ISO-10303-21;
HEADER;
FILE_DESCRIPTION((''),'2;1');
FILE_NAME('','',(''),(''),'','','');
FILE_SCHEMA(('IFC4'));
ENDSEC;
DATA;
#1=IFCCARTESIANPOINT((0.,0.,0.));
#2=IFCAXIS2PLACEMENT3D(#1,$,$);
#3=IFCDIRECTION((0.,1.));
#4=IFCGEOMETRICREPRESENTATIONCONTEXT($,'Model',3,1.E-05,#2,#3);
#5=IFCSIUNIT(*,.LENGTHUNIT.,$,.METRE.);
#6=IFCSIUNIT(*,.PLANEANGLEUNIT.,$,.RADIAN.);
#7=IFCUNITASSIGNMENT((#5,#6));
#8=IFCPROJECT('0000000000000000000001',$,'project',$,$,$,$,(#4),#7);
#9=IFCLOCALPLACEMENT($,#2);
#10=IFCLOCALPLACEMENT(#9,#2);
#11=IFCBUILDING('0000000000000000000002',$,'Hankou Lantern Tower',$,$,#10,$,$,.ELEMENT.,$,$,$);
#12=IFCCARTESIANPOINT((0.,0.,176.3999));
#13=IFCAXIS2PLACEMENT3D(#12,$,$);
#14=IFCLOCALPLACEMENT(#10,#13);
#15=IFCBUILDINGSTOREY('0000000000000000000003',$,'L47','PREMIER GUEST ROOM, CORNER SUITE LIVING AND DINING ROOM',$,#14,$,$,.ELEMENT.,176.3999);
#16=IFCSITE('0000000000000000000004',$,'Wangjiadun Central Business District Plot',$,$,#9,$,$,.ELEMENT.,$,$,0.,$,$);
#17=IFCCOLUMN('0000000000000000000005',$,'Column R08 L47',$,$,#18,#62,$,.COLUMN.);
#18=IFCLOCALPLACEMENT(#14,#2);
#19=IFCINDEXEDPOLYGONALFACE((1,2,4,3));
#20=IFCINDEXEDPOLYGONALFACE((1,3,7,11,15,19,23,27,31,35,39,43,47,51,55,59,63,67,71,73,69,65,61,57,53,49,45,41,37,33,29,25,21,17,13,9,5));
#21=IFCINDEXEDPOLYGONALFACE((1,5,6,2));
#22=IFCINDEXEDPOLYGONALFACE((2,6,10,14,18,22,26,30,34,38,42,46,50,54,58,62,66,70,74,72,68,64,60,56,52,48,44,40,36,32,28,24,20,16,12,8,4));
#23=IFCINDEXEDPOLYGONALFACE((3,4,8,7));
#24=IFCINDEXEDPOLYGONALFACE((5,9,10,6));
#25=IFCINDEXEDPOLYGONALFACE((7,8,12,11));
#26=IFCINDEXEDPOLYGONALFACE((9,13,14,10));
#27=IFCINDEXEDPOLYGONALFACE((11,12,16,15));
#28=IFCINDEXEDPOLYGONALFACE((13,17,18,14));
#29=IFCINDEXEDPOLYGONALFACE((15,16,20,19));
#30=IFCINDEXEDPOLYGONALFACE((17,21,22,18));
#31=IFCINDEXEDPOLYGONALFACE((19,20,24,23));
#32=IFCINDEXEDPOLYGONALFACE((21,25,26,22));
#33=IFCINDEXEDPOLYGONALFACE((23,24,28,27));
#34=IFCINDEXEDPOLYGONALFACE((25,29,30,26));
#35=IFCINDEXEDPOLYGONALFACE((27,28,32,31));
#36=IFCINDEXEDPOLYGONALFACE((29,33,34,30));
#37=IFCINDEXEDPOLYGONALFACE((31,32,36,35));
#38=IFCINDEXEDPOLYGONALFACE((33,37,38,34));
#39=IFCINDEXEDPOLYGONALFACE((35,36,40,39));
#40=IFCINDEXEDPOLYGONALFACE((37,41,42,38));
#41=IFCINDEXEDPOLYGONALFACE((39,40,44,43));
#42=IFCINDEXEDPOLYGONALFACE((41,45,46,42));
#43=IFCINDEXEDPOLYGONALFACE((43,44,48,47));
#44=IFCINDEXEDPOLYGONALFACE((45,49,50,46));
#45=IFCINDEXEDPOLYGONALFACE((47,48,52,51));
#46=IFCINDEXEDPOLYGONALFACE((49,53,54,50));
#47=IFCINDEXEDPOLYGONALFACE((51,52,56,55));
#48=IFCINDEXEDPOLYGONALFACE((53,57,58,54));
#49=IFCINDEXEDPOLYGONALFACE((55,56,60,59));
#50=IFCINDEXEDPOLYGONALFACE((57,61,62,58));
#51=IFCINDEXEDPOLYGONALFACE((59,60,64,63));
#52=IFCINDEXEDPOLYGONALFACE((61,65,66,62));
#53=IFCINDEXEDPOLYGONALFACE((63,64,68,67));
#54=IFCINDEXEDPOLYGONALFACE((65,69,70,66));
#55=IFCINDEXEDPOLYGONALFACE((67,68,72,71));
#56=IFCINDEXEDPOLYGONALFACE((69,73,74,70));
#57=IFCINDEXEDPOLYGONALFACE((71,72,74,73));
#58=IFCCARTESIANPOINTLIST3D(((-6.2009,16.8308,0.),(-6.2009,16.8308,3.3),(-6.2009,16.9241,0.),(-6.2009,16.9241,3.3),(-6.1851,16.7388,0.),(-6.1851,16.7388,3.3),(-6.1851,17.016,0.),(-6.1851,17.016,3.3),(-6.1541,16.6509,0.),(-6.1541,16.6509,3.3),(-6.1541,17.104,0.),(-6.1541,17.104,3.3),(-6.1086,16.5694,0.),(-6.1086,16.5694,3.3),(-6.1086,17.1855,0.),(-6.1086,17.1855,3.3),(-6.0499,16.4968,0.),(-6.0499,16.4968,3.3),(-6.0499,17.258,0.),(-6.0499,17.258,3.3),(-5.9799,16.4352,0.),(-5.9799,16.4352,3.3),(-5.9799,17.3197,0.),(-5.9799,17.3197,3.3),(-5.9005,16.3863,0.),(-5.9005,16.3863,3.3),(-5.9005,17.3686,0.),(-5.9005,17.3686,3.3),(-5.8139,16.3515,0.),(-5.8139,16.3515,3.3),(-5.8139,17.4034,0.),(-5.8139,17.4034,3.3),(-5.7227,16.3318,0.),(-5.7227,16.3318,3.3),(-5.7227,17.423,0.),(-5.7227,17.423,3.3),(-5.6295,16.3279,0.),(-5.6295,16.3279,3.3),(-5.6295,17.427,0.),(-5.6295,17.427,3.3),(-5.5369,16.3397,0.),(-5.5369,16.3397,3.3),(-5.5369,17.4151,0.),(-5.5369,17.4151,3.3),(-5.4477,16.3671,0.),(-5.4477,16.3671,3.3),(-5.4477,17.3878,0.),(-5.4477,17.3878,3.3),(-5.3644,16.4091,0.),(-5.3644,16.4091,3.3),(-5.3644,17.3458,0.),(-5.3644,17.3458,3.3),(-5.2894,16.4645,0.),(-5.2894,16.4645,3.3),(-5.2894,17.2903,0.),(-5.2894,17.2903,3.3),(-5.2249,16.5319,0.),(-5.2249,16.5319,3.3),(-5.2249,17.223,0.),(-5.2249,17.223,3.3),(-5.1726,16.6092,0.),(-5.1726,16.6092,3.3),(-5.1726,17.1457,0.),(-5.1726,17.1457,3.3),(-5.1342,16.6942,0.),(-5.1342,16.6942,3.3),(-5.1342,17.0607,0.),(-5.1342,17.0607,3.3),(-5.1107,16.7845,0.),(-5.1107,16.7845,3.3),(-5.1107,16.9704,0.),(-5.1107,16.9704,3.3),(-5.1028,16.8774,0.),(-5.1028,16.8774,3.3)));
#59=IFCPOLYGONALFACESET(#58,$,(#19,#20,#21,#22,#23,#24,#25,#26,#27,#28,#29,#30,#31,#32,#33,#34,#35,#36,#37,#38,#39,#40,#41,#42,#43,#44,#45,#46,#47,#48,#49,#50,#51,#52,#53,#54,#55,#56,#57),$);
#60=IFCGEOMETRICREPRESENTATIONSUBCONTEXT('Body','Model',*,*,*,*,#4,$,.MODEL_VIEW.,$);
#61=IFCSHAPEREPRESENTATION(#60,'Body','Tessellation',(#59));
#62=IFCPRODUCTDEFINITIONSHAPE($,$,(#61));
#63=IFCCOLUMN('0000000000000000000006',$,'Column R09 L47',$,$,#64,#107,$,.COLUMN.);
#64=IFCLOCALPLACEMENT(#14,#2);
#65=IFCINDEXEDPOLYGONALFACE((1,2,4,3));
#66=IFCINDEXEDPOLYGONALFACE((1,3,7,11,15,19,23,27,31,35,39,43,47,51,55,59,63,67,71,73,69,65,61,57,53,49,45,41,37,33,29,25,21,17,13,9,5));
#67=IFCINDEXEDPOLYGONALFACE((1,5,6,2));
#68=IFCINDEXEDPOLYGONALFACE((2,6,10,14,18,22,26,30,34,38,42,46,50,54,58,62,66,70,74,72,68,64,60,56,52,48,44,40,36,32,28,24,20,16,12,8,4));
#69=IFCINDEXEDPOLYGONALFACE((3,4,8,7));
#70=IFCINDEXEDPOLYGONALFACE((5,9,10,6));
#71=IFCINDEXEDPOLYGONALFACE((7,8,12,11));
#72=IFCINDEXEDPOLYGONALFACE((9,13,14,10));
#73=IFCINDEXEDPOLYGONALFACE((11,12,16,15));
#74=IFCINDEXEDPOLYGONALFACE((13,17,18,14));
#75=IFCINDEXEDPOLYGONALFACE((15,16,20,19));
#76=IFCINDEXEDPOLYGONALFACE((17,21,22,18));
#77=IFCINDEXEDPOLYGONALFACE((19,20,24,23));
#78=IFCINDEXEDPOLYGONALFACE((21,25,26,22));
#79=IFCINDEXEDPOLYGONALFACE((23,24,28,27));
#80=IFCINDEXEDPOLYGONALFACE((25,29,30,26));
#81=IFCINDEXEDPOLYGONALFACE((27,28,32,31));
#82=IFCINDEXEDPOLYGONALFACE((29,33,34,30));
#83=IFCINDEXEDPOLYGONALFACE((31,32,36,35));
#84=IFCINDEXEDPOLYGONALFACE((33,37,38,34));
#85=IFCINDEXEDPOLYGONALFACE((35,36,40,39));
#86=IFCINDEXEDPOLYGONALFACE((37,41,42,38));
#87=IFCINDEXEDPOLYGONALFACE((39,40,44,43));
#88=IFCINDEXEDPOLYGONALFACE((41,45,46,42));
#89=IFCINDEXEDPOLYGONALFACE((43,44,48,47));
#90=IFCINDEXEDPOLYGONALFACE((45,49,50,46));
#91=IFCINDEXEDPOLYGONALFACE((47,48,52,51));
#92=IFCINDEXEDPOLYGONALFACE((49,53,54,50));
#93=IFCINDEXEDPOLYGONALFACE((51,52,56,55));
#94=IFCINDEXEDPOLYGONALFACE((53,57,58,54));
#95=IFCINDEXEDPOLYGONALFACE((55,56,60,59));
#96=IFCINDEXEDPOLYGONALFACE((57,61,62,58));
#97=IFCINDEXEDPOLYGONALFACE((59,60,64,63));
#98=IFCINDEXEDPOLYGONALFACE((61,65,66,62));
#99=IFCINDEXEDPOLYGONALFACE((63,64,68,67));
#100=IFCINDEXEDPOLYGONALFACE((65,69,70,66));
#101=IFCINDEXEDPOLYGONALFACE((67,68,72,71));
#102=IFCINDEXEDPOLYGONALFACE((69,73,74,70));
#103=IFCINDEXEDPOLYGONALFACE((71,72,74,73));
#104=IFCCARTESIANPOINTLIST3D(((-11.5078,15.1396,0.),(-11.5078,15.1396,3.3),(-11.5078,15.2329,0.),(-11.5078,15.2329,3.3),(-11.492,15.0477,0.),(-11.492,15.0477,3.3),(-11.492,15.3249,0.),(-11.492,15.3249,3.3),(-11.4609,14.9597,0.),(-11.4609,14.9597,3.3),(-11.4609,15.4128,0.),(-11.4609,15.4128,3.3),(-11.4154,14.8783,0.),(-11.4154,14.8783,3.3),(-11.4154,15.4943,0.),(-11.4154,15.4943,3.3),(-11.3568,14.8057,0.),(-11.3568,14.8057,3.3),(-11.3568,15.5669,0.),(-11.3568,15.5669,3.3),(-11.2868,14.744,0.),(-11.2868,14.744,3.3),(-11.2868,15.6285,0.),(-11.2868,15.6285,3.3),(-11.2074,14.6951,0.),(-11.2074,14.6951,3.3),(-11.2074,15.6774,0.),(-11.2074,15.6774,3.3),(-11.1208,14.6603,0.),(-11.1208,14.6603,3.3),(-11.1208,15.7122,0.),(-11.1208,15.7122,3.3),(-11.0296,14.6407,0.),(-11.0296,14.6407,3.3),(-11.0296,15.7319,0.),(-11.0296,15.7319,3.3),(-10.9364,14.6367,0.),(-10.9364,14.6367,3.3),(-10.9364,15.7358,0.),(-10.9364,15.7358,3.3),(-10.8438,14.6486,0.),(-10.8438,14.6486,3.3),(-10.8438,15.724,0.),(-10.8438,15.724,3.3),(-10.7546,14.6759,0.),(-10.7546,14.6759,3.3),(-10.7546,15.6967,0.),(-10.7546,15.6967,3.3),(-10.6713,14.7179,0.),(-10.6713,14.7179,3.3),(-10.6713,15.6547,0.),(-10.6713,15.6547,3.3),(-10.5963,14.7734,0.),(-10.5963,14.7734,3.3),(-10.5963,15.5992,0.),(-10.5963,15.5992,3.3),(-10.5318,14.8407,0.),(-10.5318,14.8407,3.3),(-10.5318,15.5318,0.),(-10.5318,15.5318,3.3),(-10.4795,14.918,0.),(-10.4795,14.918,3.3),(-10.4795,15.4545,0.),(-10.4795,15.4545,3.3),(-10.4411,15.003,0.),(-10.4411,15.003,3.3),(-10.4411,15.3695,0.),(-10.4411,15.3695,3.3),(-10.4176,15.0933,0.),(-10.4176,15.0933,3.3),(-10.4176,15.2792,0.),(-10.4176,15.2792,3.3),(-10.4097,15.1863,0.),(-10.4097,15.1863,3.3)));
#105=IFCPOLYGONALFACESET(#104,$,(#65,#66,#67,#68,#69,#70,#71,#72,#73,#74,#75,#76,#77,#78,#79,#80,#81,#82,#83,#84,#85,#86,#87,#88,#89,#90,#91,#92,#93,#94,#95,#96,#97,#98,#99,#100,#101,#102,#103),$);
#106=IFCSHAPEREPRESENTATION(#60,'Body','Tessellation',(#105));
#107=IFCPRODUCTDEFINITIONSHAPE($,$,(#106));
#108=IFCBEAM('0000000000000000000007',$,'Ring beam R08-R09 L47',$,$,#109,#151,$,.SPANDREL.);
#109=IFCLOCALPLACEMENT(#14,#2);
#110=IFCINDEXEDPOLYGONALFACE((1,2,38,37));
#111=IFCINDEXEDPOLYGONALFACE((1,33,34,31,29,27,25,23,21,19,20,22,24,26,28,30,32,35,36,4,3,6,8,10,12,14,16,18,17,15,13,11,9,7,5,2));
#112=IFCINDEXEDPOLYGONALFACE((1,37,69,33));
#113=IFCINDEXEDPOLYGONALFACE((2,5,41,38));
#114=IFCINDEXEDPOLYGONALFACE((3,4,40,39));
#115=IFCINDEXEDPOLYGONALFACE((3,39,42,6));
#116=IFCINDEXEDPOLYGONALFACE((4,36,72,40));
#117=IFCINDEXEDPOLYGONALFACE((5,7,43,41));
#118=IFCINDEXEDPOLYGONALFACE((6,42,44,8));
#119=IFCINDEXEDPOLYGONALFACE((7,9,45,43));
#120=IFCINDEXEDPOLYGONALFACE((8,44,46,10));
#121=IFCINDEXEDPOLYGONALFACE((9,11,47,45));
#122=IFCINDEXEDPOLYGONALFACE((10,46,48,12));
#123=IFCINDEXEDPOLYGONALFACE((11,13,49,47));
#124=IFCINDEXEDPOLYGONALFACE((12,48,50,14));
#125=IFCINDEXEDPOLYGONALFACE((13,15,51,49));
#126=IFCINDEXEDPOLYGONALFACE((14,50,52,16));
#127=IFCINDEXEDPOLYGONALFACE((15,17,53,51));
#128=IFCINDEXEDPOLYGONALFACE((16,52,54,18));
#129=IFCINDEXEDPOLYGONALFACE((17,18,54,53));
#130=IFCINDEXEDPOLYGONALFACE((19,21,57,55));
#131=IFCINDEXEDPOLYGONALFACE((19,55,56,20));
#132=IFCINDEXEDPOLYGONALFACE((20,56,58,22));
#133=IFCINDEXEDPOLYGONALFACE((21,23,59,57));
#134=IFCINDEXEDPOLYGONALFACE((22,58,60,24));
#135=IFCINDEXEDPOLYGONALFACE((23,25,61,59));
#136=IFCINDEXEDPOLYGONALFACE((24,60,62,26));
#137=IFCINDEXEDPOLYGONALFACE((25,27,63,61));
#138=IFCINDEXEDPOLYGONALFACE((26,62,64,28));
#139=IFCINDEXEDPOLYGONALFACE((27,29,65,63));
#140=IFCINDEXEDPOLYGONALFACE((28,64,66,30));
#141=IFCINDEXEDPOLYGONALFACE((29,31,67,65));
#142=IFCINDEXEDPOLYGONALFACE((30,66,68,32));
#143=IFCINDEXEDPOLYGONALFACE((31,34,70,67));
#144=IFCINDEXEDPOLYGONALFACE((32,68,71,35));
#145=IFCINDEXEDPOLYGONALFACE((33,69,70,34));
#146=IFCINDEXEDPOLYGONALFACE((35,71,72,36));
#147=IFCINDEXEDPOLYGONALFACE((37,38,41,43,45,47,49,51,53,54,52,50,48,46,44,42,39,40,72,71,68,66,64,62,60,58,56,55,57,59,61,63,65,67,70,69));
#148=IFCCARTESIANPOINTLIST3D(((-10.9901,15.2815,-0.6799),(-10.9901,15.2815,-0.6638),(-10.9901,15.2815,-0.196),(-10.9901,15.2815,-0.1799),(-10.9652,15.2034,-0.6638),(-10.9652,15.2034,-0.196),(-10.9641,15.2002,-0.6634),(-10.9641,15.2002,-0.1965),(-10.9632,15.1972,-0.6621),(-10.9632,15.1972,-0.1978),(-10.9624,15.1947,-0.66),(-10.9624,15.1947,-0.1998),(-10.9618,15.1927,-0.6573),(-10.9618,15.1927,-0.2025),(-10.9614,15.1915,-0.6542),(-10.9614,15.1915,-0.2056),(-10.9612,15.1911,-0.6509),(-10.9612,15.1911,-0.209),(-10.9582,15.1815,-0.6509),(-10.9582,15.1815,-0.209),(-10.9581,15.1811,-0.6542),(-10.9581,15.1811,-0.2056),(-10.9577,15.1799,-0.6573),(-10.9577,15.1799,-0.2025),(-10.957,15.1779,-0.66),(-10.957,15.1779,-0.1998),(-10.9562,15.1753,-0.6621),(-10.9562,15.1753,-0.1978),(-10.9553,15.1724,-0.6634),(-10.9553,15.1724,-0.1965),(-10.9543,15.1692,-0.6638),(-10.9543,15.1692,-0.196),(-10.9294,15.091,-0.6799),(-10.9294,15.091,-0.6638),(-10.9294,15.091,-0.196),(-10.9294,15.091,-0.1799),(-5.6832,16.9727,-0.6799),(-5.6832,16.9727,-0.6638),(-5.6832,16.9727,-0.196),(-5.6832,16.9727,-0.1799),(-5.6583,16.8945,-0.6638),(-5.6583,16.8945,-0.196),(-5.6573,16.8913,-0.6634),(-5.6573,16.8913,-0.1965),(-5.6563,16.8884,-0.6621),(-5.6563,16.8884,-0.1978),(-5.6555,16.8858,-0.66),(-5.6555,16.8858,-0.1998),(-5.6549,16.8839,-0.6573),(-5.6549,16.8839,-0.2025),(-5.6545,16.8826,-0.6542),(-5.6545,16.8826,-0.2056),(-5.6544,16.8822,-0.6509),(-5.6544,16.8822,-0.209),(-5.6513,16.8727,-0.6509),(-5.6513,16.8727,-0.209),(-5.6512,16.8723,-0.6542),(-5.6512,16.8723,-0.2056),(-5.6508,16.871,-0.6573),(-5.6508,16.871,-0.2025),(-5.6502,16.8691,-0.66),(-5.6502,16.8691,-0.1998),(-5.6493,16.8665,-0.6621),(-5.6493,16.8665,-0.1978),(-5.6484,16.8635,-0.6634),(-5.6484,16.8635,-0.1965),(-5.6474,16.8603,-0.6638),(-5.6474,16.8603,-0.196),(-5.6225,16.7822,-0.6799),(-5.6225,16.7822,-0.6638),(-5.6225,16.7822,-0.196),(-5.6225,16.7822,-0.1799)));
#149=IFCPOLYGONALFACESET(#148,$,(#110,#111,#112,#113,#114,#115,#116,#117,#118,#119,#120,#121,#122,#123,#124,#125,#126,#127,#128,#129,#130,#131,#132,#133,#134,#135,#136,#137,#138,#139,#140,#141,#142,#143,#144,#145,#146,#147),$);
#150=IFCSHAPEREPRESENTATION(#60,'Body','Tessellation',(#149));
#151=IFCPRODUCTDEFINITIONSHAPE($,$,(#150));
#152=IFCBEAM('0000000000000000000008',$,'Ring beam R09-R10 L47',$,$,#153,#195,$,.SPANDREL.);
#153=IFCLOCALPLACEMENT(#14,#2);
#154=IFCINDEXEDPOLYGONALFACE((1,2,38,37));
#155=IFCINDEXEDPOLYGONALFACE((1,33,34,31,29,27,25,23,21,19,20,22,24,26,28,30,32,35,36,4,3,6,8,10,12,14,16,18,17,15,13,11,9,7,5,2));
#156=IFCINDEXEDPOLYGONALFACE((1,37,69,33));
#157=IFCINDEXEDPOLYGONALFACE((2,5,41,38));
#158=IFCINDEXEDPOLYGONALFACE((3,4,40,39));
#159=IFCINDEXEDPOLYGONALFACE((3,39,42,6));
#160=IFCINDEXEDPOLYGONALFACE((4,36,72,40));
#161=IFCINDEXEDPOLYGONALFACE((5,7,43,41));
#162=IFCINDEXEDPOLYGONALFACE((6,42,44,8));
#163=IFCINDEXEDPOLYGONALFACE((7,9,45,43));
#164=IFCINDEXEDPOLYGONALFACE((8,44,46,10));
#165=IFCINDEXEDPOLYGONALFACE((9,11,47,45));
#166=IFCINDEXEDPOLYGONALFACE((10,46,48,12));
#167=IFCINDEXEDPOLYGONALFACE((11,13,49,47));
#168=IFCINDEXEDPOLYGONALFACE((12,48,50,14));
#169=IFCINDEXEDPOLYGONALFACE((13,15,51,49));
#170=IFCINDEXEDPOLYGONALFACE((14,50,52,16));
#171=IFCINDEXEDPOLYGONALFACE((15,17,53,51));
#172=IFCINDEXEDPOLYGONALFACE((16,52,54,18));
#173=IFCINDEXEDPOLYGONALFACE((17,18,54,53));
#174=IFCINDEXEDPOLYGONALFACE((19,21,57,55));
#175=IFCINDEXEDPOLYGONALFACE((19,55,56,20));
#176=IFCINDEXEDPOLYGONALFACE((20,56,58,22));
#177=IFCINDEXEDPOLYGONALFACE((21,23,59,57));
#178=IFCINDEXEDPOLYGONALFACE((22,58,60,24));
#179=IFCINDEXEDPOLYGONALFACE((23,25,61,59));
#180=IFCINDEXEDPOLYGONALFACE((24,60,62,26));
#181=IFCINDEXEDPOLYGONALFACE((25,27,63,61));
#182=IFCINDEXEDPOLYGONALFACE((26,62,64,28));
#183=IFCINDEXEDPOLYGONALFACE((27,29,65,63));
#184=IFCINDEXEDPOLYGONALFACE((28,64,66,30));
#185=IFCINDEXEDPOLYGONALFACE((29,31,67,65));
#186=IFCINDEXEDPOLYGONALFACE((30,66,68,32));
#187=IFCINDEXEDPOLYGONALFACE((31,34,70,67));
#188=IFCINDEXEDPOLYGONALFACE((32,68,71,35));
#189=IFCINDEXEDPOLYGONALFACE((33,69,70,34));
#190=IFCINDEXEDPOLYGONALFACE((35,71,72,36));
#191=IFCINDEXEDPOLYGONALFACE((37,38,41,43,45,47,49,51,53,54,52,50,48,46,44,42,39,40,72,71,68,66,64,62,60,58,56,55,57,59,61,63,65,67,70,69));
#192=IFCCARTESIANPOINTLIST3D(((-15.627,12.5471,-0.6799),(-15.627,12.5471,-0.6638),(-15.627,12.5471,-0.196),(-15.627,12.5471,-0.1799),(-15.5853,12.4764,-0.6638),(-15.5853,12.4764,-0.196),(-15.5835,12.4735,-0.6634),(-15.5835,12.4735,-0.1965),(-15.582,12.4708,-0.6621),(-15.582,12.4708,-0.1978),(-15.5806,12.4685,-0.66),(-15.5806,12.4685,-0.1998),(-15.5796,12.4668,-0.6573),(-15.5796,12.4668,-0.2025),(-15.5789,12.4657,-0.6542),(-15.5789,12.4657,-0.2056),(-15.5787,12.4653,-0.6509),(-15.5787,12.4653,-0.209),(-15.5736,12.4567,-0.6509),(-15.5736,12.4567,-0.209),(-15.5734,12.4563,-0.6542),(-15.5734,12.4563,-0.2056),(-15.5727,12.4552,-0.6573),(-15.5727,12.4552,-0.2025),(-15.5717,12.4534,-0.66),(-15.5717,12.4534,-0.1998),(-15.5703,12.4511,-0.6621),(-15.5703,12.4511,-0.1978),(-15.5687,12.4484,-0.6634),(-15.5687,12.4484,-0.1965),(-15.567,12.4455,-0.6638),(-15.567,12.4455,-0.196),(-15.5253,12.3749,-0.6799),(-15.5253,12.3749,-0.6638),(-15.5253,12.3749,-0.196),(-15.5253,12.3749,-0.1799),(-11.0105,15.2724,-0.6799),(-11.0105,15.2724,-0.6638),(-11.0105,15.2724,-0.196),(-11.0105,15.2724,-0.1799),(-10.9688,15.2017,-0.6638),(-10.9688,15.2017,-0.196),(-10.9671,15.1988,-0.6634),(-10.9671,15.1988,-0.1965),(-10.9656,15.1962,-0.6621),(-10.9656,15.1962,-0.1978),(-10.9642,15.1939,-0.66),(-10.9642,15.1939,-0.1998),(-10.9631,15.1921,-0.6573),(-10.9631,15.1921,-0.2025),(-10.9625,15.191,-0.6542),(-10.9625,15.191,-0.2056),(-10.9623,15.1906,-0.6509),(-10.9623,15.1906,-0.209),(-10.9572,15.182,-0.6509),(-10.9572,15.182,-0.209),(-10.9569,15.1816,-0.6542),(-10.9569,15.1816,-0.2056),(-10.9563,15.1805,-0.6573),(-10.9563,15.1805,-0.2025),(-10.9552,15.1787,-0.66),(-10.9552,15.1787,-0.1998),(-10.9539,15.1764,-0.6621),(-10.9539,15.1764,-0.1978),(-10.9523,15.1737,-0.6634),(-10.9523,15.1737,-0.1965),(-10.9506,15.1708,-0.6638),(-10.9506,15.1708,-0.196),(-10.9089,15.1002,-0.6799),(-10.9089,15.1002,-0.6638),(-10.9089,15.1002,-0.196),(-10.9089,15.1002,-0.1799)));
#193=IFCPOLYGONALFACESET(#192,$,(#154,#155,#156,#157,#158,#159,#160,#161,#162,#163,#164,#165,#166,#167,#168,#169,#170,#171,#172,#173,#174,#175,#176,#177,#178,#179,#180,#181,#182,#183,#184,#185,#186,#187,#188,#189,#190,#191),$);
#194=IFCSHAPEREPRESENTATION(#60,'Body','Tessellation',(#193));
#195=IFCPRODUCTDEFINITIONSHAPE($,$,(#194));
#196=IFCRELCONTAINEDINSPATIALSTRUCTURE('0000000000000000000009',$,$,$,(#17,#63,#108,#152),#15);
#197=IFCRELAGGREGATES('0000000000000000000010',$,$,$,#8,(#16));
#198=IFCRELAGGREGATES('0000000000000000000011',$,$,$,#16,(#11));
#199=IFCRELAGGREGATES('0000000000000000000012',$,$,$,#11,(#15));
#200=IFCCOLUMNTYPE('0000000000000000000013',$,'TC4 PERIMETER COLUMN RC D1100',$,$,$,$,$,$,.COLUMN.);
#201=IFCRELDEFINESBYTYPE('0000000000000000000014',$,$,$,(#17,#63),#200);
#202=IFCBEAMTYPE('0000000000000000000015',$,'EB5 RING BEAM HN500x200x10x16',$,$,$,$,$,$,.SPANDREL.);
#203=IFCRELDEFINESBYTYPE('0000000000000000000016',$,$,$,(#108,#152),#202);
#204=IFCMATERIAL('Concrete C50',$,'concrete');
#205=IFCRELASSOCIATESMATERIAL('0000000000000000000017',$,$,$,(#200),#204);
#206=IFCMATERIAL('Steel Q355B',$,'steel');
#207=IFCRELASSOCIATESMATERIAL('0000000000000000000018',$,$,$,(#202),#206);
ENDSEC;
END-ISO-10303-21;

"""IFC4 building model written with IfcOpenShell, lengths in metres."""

from ifc_helpers import new_model, si_unit, direction, frame, origin, origin_2d, place, context, subcontext, project, spatial, circle, i_section, extrude, material, material_profile, profile_set, type_object, element, save


model = new_model("IFC4")

# Units and contexts
model_context = context("Model", 3, precision=1e-05, world=origin(), true_north=direction((0.0, 1.0)))
body_context = subcontext(model_context, "Body", "Model", "MODEL_VIEW")
ifc_project = project(units=[si_unit("LENGTHUNIT", "METRE"), si_unit("PLANEANGLEUNIT", "RADIAN")], contexts=[model_context])

# Site, building, storey
site_placement = place(None, origin())
site = spatial("IfcSite", under=ifc_project, at=site_placement, Name="Wangjiadun Central Business District Plot", CompositionType="ELEMENT", RefElevation=0.0)
building_placement = place(site_placement, origin())
building = spatial("IfcBuilding", under=site, at=building_placement, Name="Hankou Lantern Tower", CompositionType="ELEMENT")
storey_placement = place(building_placement, frame((0.0, 0.0, 176.3999)))
storey = spatial("IfcBuildingStorey", under=building, at=storey_placement, Name="L47", Description="PREMIER GUEST ROOM, CORNER SUITE LIVING AND DINING ROOM", CompositionType="ELEMENT", Elevation=176.3999)

# Columns
ifc_material_1 = material(Name="Concrete C50", Category="concrete")
ifc_material_profile_1 = material_profile(ifc_material_1, circle(Radius=0.55, at=origin_2d()), Name="RC D1100")
ifc_profile_set_1 = profile_set([ifc_material_profile_1], Name="Concrete C50")
column_type = type_object("IfcColumnType", Name="TC4 PERIMETER COLUMN RC D1100", PredefinedType="COLUMN", material=ifc_profile_set_1)
for number, where, z_axis, x_axis, name in (
    (1, (-5.6528, 16.8774, 0.0), (0.0, 0.0, 1.0), (1.0, 0.0, 0.0), "Column R08 L47"),
    (2, (-10.9597, 15.1863, 0.0), (0.0, 0.0, 1.0), (1.0, 0.0, 0.0), "Column R09 L47"),
):
    element("IfcColumn", number, at=place(storey_placement, frame(where, z_axis=z_axis, x_axis=x_axis)), inside=storey, type_object=column_type, Name=name, PredefinedType="COLUMN", context=body_context, shape_type="SweptSolid", body=[
        extrude(circle(Radius=0.55, at=origin_2d()), origin(), (0.0, 0.0, 1.0), 3.3),
    ])

# Beams
ifc_material_2 = material(Name="Steel Q355B", Category="steel")
ifc_material_profile_2 = material_profile(ifc_material_2, i_section(OverallWidth=0.2, OverallDepth=0.5, WebThickness=0.01, FlangeThickness=0.0161, FilletRadius=0.0129, at=origin_2d()), Name="HN500x200x10x16")
ifc_profile_set_2 = profile_set([ifc_material_profile_2], Name="Steel Q355B")
beam_type_1 = type_object("IfcBeamType", Name="EB5 RING BEAM HN500x200x10x16", PredefinedType="SPANDREL", material=ifc_profile_set_2)
beam_1_placement = place(storey_placement, frame((-5.6528, 16.8774, -0.4299), z_axis=(-0.95279, -0.303629, 0.0), x_axis=(0.303629, -0.95279, 0.0)))
element("IfcBeam", 3, at=beam_1_placement, inside=storey, type_object=beam_type_1, Name="Ring beam R08-R09 L47", PredefinedType="SPANDREL", context=body_context, shape_type="SweptSolid", body=[
    extrude(i_section(OverallWidth=0.2, OverallDepth=0.5, WebThickness=0.01, FlangeThickness=0.0161, FilletRadius=0.0129, at=origin_2d()), origin(), (0.0, 0.0, 1.0), 5.5698),
])
beam_2_placement = place(storey_placement, frame((-10.9597, 15.1863, -0.4299), z_axis=(-0.861136, -0.508375, 0.0), x_axis=(0.508375, -0.861136, 0.0)))
element("IfcBeam", 4, at=beam_2_placement, inside=storey, type_object=beam_type_1, Name="Ring beam R09-R10 L47", PredefinedType="SPANDREL", context=body_context, shape_type="SweptSolid", body=[
    extrude(i_section(OverallWidth=0.2, OverallDepth=0.5, WebThickness=0.01, FlangeThickness=0.0161, FilletRadius=0.0129, at=origin_2d()), origin(), (0.0, 0.0, 1.0), 5.3608),
])

save(model, "model.ifc")
